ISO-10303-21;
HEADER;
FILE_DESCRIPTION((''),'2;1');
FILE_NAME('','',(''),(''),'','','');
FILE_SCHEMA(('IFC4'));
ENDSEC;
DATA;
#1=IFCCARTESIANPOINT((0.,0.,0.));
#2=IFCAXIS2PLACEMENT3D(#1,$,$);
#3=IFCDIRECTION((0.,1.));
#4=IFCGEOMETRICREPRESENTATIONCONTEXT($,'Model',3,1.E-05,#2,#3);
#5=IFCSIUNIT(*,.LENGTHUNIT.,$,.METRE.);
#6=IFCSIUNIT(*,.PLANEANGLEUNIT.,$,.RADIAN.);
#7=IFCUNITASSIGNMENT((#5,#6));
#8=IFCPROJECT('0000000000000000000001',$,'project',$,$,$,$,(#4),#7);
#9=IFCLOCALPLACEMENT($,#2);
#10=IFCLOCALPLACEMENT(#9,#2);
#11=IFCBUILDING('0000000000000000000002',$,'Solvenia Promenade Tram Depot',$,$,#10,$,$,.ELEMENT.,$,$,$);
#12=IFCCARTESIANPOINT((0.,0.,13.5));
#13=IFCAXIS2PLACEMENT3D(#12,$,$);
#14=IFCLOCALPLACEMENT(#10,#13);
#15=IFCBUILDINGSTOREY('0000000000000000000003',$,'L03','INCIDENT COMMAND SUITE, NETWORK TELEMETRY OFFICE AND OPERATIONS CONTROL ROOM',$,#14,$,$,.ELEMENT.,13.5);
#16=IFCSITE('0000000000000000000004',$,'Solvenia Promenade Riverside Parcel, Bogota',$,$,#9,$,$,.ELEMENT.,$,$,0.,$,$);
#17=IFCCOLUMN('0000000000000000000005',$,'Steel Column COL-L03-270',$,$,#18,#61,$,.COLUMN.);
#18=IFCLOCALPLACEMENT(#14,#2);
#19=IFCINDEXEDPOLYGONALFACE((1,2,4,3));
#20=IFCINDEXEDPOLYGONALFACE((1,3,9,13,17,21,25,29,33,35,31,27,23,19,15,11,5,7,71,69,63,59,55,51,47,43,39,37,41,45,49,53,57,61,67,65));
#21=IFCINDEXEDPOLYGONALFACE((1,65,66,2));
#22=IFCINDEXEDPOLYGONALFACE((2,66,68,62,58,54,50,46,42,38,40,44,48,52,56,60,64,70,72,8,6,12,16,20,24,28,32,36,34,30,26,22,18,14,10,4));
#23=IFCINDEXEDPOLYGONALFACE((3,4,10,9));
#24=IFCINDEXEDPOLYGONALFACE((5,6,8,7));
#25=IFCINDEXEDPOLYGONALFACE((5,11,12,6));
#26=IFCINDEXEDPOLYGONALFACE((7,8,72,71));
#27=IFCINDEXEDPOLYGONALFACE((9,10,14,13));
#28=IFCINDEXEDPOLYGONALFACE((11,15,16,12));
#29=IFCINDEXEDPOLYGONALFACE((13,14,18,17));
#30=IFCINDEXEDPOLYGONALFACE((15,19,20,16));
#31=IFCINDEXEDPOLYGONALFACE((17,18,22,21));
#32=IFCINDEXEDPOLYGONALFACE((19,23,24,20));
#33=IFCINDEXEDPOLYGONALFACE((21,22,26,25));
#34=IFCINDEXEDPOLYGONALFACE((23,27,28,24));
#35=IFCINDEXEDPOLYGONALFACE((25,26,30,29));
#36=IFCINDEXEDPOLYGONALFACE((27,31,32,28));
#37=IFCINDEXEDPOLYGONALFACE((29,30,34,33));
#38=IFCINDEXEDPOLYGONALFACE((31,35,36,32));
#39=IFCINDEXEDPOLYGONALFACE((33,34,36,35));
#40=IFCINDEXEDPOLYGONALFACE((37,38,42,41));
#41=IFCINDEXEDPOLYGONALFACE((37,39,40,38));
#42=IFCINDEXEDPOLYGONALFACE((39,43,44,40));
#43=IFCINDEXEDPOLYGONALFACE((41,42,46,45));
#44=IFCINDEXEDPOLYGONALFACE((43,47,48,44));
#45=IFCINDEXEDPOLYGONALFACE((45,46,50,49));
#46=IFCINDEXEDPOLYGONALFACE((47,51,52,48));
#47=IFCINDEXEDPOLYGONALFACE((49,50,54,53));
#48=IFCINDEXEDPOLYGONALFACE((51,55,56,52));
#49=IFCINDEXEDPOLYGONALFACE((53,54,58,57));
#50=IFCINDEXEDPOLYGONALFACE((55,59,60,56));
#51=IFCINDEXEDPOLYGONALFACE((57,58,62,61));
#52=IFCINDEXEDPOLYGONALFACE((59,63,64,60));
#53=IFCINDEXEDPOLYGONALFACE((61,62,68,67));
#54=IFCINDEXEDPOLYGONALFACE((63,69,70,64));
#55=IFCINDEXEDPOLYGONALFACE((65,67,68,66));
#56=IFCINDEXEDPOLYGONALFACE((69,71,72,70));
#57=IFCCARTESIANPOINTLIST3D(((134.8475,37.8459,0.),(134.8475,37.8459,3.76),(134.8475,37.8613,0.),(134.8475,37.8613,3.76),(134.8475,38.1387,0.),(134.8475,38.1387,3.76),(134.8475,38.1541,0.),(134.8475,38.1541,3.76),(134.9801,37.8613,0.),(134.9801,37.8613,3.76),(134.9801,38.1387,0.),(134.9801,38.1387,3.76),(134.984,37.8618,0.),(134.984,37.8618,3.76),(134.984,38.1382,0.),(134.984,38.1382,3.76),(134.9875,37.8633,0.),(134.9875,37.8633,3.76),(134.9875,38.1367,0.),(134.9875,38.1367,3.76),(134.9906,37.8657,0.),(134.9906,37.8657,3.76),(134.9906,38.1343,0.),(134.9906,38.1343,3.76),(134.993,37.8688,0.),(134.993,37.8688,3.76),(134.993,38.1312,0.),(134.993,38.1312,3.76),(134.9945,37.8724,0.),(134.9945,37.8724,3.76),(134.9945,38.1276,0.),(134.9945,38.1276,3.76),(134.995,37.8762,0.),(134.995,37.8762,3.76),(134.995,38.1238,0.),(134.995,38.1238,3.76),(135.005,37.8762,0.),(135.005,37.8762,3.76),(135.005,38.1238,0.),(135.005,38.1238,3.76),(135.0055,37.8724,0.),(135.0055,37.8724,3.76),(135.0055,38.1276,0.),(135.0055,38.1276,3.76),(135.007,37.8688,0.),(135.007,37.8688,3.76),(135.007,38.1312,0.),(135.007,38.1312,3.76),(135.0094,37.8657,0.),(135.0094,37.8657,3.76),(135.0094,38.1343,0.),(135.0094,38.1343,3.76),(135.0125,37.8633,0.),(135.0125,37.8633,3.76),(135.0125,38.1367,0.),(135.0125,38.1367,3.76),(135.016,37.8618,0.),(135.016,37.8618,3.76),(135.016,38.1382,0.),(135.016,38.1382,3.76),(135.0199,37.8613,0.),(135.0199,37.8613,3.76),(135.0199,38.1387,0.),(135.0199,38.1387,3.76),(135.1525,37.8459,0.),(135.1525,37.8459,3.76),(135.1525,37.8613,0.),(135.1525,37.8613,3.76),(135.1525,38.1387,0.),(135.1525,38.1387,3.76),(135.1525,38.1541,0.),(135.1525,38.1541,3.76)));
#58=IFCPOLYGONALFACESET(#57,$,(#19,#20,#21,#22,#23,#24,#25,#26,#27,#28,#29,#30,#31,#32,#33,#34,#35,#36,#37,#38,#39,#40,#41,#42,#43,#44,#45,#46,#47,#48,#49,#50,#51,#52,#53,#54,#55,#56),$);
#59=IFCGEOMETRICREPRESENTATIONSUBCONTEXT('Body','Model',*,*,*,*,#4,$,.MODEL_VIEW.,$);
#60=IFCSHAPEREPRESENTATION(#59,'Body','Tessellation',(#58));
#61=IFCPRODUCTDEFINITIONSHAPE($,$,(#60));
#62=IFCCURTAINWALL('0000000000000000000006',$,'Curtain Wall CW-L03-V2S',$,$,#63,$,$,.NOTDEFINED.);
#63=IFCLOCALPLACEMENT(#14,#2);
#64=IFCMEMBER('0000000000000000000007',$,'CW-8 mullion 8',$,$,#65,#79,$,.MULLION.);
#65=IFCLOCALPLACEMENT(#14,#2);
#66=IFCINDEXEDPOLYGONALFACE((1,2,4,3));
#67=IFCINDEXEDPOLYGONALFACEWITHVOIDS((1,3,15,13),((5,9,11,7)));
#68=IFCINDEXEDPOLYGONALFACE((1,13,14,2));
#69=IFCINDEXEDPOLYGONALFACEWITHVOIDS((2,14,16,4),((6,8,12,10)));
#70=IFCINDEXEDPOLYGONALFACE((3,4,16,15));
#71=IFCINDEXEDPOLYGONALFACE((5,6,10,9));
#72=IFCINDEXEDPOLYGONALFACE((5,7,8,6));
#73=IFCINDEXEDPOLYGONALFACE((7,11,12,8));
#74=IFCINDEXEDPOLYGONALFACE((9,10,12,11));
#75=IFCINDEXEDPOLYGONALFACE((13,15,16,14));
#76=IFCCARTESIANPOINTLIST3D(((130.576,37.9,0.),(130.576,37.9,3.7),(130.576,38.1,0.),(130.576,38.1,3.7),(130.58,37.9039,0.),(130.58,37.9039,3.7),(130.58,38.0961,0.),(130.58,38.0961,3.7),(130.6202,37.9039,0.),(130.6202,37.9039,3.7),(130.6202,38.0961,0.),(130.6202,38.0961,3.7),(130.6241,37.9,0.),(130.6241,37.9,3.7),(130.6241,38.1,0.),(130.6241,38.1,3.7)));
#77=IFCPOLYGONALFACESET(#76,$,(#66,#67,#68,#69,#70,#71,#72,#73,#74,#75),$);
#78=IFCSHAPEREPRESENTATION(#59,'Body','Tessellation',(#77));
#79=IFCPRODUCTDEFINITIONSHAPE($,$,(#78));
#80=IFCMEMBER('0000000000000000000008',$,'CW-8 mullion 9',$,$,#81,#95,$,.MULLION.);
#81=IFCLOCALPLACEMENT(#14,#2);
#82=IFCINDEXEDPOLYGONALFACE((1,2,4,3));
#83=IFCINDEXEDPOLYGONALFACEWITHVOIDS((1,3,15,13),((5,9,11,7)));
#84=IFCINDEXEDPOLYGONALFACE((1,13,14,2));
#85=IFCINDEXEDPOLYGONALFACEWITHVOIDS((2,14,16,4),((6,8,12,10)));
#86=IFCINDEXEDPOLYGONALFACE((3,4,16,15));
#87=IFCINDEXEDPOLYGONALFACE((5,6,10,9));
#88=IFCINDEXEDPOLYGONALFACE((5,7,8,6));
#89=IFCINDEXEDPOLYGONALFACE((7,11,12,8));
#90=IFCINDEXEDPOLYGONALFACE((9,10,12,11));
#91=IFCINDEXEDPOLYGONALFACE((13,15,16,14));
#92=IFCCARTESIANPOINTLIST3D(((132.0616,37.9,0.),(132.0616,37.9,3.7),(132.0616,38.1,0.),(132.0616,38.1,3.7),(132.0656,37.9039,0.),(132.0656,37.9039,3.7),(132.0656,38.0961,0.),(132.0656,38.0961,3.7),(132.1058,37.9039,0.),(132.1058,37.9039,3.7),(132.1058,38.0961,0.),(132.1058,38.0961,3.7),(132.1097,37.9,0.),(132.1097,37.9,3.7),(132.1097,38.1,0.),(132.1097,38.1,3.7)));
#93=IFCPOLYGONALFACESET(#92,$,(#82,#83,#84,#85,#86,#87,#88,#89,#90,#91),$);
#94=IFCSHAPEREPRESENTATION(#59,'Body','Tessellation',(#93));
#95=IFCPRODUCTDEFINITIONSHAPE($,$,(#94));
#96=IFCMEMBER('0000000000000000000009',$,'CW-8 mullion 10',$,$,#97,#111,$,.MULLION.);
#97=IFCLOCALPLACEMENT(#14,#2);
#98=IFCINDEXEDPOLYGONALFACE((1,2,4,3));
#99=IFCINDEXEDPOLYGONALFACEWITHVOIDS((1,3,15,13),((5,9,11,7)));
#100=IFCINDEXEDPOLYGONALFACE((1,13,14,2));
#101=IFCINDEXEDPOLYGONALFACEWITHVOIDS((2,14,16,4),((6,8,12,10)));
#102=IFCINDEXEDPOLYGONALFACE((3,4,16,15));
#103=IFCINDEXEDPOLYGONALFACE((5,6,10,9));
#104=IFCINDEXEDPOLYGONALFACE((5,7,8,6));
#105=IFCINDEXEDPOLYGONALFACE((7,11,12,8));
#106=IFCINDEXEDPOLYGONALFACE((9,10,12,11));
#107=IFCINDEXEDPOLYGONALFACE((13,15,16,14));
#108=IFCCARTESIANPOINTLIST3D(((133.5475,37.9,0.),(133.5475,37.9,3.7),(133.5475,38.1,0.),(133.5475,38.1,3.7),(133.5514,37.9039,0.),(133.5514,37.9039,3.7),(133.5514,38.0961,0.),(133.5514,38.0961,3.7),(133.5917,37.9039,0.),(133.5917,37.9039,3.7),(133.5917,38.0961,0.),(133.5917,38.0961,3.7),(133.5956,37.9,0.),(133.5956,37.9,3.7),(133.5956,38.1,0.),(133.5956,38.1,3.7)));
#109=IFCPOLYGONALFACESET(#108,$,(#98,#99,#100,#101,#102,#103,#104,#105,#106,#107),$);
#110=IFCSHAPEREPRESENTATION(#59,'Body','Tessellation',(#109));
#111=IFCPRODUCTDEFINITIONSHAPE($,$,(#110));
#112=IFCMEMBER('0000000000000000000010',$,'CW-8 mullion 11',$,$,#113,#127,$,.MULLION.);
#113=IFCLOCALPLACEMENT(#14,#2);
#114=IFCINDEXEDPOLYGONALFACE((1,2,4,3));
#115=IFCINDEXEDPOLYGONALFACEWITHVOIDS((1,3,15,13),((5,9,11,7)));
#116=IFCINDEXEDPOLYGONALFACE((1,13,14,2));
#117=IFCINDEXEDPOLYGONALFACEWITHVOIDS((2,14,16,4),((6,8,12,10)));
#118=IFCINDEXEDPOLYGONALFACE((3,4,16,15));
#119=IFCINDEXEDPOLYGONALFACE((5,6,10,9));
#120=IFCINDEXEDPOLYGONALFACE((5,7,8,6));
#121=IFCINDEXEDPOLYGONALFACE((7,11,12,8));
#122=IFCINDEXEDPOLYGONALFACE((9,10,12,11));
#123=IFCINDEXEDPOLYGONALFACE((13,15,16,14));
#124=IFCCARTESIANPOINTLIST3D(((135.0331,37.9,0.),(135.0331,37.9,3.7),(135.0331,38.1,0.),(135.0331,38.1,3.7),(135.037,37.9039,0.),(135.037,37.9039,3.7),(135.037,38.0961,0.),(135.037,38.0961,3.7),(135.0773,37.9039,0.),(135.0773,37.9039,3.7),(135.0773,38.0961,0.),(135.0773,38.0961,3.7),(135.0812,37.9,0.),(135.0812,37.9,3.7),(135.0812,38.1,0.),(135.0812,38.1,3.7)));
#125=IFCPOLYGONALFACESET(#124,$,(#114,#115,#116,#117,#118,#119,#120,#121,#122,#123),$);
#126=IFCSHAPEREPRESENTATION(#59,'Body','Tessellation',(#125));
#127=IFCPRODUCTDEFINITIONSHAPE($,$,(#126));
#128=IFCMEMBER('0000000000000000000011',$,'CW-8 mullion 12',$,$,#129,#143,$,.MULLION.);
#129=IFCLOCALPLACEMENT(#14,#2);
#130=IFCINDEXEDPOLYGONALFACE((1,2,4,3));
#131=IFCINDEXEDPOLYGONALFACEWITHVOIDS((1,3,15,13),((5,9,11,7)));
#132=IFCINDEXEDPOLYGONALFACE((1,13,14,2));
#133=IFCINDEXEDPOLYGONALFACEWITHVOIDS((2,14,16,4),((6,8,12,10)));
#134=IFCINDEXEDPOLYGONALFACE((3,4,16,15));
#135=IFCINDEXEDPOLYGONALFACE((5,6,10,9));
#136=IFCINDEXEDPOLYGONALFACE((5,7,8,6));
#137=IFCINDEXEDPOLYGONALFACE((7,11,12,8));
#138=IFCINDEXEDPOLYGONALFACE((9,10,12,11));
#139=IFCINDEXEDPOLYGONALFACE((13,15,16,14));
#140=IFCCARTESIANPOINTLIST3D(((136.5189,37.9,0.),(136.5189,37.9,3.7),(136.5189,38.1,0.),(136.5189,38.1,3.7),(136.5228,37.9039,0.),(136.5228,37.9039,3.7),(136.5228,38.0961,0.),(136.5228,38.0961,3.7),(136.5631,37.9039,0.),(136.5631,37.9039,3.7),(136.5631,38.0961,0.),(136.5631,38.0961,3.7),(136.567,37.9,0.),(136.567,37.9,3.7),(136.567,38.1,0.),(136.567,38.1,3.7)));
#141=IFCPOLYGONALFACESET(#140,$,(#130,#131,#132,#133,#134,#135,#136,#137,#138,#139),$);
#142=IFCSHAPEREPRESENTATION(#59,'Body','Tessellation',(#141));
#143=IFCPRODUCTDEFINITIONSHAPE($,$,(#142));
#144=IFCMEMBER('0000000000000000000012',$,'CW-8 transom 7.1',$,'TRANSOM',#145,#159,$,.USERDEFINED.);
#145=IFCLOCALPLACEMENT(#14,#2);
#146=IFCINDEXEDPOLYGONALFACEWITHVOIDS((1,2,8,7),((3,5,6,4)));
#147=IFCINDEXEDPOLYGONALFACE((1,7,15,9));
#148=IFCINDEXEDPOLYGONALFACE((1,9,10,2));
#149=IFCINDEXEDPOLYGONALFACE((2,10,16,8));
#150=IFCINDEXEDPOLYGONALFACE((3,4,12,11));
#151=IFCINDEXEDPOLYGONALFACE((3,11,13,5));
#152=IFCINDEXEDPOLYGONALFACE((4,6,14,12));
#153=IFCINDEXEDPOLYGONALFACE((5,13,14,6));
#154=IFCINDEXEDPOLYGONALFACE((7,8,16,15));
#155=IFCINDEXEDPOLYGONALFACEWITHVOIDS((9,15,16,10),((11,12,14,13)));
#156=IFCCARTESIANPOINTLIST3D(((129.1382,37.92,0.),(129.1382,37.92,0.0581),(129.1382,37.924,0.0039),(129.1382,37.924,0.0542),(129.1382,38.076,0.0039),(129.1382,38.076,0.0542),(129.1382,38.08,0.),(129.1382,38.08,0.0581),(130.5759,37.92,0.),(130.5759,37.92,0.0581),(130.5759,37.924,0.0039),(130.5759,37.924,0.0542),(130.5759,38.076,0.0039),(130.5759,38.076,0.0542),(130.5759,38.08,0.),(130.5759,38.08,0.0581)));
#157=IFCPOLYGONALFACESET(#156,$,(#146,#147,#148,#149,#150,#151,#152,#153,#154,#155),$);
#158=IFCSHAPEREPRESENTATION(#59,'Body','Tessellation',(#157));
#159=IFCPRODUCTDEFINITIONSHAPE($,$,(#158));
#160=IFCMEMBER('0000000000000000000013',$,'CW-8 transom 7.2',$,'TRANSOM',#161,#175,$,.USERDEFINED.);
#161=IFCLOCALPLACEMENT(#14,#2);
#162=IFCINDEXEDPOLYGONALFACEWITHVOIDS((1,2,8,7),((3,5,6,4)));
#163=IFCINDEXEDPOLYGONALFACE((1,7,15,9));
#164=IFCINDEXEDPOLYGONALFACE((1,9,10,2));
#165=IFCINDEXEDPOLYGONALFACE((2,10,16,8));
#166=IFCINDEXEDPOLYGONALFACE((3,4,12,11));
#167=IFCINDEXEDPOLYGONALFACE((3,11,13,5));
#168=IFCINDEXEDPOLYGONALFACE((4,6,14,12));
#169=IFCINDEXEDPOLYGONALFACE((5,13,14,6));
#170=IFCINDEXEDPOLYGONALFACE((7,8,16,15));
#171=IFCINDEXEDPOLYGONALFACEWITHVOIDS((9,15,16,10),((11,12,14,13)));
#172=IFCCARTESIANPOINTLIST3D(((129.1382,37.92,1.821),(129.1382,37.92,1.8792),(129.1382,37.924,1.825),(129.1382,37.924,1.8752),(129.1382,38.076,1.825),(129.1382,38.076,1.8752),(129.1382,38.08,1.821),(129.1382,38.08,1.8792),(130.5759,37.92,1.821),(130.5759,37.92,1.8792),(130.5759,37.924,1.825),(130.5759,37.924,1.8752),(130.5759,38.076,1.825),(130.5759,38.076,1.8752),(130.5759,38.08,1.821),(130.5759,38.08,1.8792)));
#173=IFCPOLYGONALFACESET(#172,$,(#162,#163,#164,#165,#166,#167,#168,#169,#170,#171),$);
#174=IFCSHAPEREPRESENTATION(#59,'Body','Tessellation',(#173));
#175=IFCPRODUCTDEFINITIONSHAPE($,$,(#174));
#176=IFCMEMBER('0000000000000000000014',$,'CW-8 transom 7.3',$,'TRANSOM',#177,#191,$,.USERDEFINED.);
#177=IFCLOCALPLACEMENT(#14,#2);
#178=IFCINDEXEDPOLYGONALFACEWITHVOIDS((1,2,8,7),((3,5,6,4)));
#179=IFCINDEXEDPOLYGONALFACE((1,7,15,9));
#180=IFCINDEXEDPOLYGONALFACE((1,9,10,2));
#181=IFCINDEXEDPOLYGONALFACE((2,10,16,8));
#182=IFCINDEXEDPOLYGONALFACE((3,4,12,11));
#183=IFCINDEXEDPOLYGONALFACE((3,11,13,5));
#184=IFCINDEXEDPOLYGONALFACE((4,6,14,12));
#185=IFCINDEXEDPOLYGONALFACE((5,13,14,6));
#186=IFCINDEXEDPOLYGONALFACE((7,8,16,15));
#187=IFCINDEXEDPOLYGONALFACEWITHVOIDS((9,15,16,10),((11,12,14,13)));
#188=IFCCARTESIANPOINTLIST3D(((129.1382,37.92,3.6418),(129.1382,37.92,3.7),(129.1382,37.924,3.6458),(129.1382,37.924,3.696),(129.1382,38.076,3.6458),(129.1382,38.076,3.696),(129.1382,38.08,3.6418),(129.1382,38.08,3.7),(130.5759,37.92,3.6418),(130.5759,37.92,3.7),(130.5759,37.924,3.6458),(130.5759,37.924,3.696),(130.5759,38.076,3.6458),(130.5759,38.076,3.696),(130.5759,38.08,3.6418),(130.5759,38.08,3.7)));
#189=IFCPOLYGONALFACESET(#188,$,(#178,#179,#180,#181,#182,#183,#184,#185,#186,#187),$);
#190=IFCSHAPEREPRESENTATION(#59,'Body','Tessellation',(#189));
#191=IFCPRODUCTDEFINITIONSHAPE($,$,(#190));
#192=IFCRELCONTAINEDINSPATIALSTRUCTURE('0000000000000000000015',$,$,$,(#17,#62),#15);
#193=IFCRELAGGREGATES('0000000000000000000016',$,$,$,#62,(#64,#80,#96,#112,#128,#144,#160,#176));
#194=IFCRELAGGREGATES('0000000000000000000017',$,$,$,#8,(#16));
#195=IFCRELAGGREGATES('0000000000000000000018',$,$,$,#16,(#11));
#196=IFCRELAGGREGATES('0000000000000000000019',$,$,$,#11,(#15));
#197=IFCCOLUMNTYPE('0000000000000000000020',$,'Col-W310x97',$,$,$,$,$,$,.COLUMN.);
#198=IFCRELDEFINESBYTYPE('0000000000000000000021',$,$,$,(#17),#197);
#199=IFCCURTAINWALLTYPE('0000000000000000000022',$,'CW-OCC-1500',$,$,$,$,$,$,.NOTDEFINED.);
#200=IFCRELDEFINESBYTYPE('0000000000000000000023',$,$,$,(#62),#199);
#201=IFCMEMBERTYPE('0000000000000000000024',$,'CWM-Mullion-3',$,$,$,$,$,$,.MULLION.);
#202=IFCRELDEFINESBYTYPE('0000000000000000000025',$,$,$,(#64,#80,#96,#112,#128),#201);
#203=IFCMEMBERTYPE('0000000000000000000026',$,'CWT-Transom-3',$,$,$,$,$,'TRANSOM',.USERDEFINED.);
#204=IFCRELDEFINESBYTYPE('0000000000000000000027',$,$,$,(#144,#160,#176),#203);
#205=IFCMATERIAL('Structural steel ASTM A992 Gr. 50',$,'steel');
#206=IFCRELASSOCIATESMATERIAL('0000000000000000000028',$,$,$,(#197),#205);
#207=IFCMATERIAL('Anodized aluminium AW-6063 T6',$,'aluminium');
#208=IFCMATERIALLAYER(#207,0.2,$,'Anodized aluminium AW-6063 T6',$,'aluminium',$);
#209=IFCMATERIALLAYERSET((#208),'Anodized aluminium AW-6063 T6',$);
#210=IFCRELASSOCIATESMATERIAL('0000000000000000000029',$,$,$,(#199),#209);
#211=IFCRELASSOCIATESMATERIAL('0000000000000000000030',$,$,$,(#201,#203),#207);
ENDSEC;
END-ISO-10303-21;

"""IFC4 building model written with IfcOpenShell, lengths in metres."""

from ifc_helpers import new_model, si_unit, direction, frame, origin, origin_2d, place, context, subcontext, project, spatial, hollow_rectangle, i_section, extrude, material, layer, layer_set, material_profile, profile_set, type_object, element, aggregate, save


model = new_model("IFC4")

# Units and contexts
model_context = context("Model", 3, precision=1e-05, world=origin(), true_north=direction((0.0, 1.0)))
body_context = subcontext(model_context, "Body", "Model", "MODEL_VIEW")
ifc_project = project(units=[si_unit("LENGTHUNIT", "METRE"), si_unit("PLANEANGLEUNIT", "RADIAN")], contexts=[model_context])

# Site, building, storey
site_placement = place(None, origin())
site = spatial("IfcSite", under=ifc_project, at=site_placement, Name="Solvenia Promenade Riverside Parcel, Bogota", CompositionType="ELEMENT", RefElevation=0.0)
building_placement = place(site_placement, origin())
building = spatial("IfcBuilding", under=site, at=building_placement, Name="Solvenia Promenade Tram Depot", CompositionType="ELEMENT")
storey_placement = place(building_placement, frame((0.0, 0.0, 13.5)))
storey = spatial("IfcBuildingStorey", under=building, at=storey_placement, Name="L03", Description="INCIDENT COMMAND SUITE, NETWORK TELEMETRY OFFICE AND OPERATIONS CONTROL ROOM", CompositionType="ELEMENT", Elevation=13.5)

# Column
ifc_material_1 = material(Name="Structural steel ASTM A992 Gr. 50", Category="steel")
ifc_material_profile_1 = material_profile(ifc_material_1, i_section(OverallWidth=0.3049, OverallDepth=0.3081, WebThickness=0.01, FlangeThickness=0.0154, FilletRadius=0.0149, at=origin_2d()), Name="W310x97", Category="steel")
ifc_profile_set_1 = profile_set([ifc_material_profile_1], Name="Structural steel ASTM A992 Gr. 50")
column_type = type_object("IfcColumnType", Name="Col-W310x97", PredefinedType="COLUMN", material=ifc_profile_set_1)
column_placement = place(storey_placement, frame((135.0, 38.0, 0.0), z_axis=(0.0, 0.0, 1.0), x_axis=(1.0, 0.0, 0.0)))
element("IfcColumn", 1, at=column_placement, inside=storey, type_object=column_type, Name="Steel Column COL-L03-270", PredefinedType="COLUMN", context=body_context, shape_type="SweptSolid", body=[
    extrude(i_section(OverallWidth=0.3049, OverallDepth=0.3081, WebThickness=0.01, FlangeThickness=0.0154, FilletRadius=0.0149, at=origin_2d()), origin(), (0.0, 0.0, 1.0), 3.76),
])

# Curtain wall, members
ifc_material_2 = material(Name="Anodized aluminium AW-6063 T6", Category="aluminium")
ifc_layer_1 = layer(ifc_material_2, 0.2, Name="Anodized aluminium AW-6063 T6", Category="aluminium")
ifc_layer_set_1 = layer_set([ifc_layer_1], Name="Anodized aluminium AW-6063 T6")
curtain_wall_type = type_object("IfcCurtainWallType", Name="CW-OCC-1500", PredefinedType="NOTDEFINED", material=ifc_layer_set_1)
curtain_wall_placement = place(storey_placement, origin())
curtain_wall = element("IfcCurtainWall", 2, at=curtain_wall_placement, inside=storey, type_object=curtain_wall_type, Name="Curtain Wall CW-L03-V2S", PredefinedType="NOTDEFINED")
ifc_material_profile_2 = material_profile(ifc_material_2, hollow_rectangle(XDim=0.2, YDim=0.0481, WallThickness=0.0039, at=origin_2d()), Name="ALU-M3", Category="aluminium")
ifc_profile_set_2 = profile_set([ifc_material_profile_2], Name="Anodized aluminium AW-6063 T6")
member_type_1 = type_object("IfcMemberType", Name="CWM-Mullion-3", PredefinedType="MULLION", material=ifc_profile_set_2)
member_1_placement = place(storey_placement, frame((130.6001, 38.0, 0.0), z_axis=(0.0, 0.0, 1.0), x_axis=(0.0, 1.0, 0.0)))
member_1 = element("IfcMember", 3, at=member_1_placement, type_object=member_type_1, Name="CW-8 mullion 8", PredefinedType="MULLION", context=body_context, shape_type="SweptSolid", body=[
    extrude(hollow_rectangle(XDim=0.2, YDim=0.0481, WallThickness=0.0039, at=origin_2d()), origin(), (0.0, 0.0, 1.0), 3.7),
])
member_2_placement = place(storey_placement, frame((132.0857, 38.0, 0.0), z_axis=(0.0, 0.0, 1.0), x_axis=(0.0, 1.0, 0.0)))
member_2 = element("IfcMember", 4, at=member_2_placement, type_object=member_type_1, Name="CW-8 mullion 9", PredefinedType="MULLION", context=body_context, shape_type="SweptSolid", body=[
    extrude(hollow_rectangle(XDim=0.2, YDim=0.0481, WallThickness=0.0039, at=origin_2d()), origin(), (0.0, 0.0, 1.0), 3.7),
])
member_3_placement = place(storey_placement, frame((133.5715, 38.0, 0.0), z_axis=(0.0, 0.0, 1.0), x_axis=(0.0, 1.0, 0.0)))
member_3 = element("IfcMember", 5, at=member_3_placement, type_object=member_type_1, Name="CW-8 mullion 10", PredefinedType="MULLION", context=body_context, shape_type="SweptSolid", body=[
    extrude(hollow_rectangle(XDim=0.2, YDim=0.0481, WallThickness=0.0039, at=origin_2d()), origin(), (0.0, 0.0, 1.0), 3.7),
])
member_4_placement = place(storey_placement, frame((135.0571, 38.0, 0.0), z_axis=(0.0, 0.0, 1.0), x_axis=(0.0, 1.0, 0.0)))
member_4 = element("IfcMember", 6, at=member_4_placement, type_object=member_type_1, Name="CW-8 mullion 11", PredefinedType="MULLION", context=body_context, shape_type="SweptSolid", body=[
    extrude(hollow_rectangle(XDim=0.2, YDim=0.0481, WallThickness=0.0039, at=origin_2d()), origin(), (0.0, 0.0, 1.0), 3.7),
])
member_5_placement = place(storey_placement, frame((136.543, 38.0, 0.0), z_axis=(0.0, 0.0, 1.0), x_axis=(0.0, 1.0, 0.0)))
member_5 = element("IfcMember", 7, at=member_5_placement, type_object=member_type_1, Name="CW-8 mullion 12", PredefinedType="MULLION", context=body_context, shape_type="SweptSolid", body=[
    extrude(hollow_rectangle(XDim=0.2, YDim=0.0481, WallThickness=0.0039, at=origin_2d()), origin(), (0.0, 0.0, 1.0), 3.7),
])
ifc_material_profile_3 = material_profile(ifc_material_2, hollow_rectangle(XDim=0.1599, YDim=0.0581, WallThickness=0.0039, at=origin_2d()), Name="ALU-T3", Category="aluminium")
ifc_profile_set_3 = profile_set([ifc_material_profile_3], Name="Anodized aluminium AW-6063 T6")
member_type_2 = type_object("IfcMemberType", Name="CWT-Transom-3", ElementType="TRANSOM", PredefinedType="USERDEFINED", material=ifc_profile_set_3)
member_6_placement = place(storey_placement, frame((129.1382, 38.0, 0.0291), z_axis=(1.0, 0.0, 0.0), x_axis=(0.0, 1.0, 0.0)))
member_6 = element("IfcMember", 8, at=member_6_placement, type_object=member_type_2, Name="CW-8 transom 7.1", ObjectType="TRANSOM", PredefinedType="USERDEFINED", context=body_context, shape_type="SweptSolid", body=[
    extrude(hollow_rectangle(XDim=0.1599, YDim=0.0581, WallThickness=0.0039, at=origin_2d()), origin(), (0.0, 0.0, 1.0), 1.4377),
])
member_7_placement = place(storey_placement, frame((129.1382, 38.0, 1.8501), z_axis=(1.0, 0.0, 0.0), x_axis=(0.0, 1.0, 0.0)))
member_7 = element("IfcMember", 9, at=member_7_placement, type_object=member_type_2, Name="CW-8 transom 7.2", ObjectType="TRANSOM", PredefinedType="USERDEFINED", context=body_context, shape_type="SweptSolid", body=[
    extrude(hollow_rectangle(XDim=0.1599, YDim=0.0581, WallThickness=0.0039, at=origin_2d()), origin(), (0.0, 0.0, 1.0), 1.4377),
])
member_8_placement = place(storey_placement, frame((129.1382, 38.0, 3.6709), z_axis=(1.0, 0.0, 0.0), x_axis=(0.0, 1.0, 0.0)))
member_8 = element("IfcMember", 10, at=member_8_placement, type_object=member_type_2, Name="CW-8 transom 7.3", ObjectType="TRANSOM", PredefinedType="USERDEFINED", context=body_context, shape_type="SweptSolid", body=[
    extrude(hollow_rectangle(XDim=0.1599, YDim=0.0581, WallThickness=0.0039, at=origin_2d()), origin(), (0.0, 0.0, 1.0), 1.4377),
])

aggregate(curtain_wall, [member_1, member_2, member_3, member_4, member_5, member_6, member_7, member_8])

save(model, "model.ifc")
